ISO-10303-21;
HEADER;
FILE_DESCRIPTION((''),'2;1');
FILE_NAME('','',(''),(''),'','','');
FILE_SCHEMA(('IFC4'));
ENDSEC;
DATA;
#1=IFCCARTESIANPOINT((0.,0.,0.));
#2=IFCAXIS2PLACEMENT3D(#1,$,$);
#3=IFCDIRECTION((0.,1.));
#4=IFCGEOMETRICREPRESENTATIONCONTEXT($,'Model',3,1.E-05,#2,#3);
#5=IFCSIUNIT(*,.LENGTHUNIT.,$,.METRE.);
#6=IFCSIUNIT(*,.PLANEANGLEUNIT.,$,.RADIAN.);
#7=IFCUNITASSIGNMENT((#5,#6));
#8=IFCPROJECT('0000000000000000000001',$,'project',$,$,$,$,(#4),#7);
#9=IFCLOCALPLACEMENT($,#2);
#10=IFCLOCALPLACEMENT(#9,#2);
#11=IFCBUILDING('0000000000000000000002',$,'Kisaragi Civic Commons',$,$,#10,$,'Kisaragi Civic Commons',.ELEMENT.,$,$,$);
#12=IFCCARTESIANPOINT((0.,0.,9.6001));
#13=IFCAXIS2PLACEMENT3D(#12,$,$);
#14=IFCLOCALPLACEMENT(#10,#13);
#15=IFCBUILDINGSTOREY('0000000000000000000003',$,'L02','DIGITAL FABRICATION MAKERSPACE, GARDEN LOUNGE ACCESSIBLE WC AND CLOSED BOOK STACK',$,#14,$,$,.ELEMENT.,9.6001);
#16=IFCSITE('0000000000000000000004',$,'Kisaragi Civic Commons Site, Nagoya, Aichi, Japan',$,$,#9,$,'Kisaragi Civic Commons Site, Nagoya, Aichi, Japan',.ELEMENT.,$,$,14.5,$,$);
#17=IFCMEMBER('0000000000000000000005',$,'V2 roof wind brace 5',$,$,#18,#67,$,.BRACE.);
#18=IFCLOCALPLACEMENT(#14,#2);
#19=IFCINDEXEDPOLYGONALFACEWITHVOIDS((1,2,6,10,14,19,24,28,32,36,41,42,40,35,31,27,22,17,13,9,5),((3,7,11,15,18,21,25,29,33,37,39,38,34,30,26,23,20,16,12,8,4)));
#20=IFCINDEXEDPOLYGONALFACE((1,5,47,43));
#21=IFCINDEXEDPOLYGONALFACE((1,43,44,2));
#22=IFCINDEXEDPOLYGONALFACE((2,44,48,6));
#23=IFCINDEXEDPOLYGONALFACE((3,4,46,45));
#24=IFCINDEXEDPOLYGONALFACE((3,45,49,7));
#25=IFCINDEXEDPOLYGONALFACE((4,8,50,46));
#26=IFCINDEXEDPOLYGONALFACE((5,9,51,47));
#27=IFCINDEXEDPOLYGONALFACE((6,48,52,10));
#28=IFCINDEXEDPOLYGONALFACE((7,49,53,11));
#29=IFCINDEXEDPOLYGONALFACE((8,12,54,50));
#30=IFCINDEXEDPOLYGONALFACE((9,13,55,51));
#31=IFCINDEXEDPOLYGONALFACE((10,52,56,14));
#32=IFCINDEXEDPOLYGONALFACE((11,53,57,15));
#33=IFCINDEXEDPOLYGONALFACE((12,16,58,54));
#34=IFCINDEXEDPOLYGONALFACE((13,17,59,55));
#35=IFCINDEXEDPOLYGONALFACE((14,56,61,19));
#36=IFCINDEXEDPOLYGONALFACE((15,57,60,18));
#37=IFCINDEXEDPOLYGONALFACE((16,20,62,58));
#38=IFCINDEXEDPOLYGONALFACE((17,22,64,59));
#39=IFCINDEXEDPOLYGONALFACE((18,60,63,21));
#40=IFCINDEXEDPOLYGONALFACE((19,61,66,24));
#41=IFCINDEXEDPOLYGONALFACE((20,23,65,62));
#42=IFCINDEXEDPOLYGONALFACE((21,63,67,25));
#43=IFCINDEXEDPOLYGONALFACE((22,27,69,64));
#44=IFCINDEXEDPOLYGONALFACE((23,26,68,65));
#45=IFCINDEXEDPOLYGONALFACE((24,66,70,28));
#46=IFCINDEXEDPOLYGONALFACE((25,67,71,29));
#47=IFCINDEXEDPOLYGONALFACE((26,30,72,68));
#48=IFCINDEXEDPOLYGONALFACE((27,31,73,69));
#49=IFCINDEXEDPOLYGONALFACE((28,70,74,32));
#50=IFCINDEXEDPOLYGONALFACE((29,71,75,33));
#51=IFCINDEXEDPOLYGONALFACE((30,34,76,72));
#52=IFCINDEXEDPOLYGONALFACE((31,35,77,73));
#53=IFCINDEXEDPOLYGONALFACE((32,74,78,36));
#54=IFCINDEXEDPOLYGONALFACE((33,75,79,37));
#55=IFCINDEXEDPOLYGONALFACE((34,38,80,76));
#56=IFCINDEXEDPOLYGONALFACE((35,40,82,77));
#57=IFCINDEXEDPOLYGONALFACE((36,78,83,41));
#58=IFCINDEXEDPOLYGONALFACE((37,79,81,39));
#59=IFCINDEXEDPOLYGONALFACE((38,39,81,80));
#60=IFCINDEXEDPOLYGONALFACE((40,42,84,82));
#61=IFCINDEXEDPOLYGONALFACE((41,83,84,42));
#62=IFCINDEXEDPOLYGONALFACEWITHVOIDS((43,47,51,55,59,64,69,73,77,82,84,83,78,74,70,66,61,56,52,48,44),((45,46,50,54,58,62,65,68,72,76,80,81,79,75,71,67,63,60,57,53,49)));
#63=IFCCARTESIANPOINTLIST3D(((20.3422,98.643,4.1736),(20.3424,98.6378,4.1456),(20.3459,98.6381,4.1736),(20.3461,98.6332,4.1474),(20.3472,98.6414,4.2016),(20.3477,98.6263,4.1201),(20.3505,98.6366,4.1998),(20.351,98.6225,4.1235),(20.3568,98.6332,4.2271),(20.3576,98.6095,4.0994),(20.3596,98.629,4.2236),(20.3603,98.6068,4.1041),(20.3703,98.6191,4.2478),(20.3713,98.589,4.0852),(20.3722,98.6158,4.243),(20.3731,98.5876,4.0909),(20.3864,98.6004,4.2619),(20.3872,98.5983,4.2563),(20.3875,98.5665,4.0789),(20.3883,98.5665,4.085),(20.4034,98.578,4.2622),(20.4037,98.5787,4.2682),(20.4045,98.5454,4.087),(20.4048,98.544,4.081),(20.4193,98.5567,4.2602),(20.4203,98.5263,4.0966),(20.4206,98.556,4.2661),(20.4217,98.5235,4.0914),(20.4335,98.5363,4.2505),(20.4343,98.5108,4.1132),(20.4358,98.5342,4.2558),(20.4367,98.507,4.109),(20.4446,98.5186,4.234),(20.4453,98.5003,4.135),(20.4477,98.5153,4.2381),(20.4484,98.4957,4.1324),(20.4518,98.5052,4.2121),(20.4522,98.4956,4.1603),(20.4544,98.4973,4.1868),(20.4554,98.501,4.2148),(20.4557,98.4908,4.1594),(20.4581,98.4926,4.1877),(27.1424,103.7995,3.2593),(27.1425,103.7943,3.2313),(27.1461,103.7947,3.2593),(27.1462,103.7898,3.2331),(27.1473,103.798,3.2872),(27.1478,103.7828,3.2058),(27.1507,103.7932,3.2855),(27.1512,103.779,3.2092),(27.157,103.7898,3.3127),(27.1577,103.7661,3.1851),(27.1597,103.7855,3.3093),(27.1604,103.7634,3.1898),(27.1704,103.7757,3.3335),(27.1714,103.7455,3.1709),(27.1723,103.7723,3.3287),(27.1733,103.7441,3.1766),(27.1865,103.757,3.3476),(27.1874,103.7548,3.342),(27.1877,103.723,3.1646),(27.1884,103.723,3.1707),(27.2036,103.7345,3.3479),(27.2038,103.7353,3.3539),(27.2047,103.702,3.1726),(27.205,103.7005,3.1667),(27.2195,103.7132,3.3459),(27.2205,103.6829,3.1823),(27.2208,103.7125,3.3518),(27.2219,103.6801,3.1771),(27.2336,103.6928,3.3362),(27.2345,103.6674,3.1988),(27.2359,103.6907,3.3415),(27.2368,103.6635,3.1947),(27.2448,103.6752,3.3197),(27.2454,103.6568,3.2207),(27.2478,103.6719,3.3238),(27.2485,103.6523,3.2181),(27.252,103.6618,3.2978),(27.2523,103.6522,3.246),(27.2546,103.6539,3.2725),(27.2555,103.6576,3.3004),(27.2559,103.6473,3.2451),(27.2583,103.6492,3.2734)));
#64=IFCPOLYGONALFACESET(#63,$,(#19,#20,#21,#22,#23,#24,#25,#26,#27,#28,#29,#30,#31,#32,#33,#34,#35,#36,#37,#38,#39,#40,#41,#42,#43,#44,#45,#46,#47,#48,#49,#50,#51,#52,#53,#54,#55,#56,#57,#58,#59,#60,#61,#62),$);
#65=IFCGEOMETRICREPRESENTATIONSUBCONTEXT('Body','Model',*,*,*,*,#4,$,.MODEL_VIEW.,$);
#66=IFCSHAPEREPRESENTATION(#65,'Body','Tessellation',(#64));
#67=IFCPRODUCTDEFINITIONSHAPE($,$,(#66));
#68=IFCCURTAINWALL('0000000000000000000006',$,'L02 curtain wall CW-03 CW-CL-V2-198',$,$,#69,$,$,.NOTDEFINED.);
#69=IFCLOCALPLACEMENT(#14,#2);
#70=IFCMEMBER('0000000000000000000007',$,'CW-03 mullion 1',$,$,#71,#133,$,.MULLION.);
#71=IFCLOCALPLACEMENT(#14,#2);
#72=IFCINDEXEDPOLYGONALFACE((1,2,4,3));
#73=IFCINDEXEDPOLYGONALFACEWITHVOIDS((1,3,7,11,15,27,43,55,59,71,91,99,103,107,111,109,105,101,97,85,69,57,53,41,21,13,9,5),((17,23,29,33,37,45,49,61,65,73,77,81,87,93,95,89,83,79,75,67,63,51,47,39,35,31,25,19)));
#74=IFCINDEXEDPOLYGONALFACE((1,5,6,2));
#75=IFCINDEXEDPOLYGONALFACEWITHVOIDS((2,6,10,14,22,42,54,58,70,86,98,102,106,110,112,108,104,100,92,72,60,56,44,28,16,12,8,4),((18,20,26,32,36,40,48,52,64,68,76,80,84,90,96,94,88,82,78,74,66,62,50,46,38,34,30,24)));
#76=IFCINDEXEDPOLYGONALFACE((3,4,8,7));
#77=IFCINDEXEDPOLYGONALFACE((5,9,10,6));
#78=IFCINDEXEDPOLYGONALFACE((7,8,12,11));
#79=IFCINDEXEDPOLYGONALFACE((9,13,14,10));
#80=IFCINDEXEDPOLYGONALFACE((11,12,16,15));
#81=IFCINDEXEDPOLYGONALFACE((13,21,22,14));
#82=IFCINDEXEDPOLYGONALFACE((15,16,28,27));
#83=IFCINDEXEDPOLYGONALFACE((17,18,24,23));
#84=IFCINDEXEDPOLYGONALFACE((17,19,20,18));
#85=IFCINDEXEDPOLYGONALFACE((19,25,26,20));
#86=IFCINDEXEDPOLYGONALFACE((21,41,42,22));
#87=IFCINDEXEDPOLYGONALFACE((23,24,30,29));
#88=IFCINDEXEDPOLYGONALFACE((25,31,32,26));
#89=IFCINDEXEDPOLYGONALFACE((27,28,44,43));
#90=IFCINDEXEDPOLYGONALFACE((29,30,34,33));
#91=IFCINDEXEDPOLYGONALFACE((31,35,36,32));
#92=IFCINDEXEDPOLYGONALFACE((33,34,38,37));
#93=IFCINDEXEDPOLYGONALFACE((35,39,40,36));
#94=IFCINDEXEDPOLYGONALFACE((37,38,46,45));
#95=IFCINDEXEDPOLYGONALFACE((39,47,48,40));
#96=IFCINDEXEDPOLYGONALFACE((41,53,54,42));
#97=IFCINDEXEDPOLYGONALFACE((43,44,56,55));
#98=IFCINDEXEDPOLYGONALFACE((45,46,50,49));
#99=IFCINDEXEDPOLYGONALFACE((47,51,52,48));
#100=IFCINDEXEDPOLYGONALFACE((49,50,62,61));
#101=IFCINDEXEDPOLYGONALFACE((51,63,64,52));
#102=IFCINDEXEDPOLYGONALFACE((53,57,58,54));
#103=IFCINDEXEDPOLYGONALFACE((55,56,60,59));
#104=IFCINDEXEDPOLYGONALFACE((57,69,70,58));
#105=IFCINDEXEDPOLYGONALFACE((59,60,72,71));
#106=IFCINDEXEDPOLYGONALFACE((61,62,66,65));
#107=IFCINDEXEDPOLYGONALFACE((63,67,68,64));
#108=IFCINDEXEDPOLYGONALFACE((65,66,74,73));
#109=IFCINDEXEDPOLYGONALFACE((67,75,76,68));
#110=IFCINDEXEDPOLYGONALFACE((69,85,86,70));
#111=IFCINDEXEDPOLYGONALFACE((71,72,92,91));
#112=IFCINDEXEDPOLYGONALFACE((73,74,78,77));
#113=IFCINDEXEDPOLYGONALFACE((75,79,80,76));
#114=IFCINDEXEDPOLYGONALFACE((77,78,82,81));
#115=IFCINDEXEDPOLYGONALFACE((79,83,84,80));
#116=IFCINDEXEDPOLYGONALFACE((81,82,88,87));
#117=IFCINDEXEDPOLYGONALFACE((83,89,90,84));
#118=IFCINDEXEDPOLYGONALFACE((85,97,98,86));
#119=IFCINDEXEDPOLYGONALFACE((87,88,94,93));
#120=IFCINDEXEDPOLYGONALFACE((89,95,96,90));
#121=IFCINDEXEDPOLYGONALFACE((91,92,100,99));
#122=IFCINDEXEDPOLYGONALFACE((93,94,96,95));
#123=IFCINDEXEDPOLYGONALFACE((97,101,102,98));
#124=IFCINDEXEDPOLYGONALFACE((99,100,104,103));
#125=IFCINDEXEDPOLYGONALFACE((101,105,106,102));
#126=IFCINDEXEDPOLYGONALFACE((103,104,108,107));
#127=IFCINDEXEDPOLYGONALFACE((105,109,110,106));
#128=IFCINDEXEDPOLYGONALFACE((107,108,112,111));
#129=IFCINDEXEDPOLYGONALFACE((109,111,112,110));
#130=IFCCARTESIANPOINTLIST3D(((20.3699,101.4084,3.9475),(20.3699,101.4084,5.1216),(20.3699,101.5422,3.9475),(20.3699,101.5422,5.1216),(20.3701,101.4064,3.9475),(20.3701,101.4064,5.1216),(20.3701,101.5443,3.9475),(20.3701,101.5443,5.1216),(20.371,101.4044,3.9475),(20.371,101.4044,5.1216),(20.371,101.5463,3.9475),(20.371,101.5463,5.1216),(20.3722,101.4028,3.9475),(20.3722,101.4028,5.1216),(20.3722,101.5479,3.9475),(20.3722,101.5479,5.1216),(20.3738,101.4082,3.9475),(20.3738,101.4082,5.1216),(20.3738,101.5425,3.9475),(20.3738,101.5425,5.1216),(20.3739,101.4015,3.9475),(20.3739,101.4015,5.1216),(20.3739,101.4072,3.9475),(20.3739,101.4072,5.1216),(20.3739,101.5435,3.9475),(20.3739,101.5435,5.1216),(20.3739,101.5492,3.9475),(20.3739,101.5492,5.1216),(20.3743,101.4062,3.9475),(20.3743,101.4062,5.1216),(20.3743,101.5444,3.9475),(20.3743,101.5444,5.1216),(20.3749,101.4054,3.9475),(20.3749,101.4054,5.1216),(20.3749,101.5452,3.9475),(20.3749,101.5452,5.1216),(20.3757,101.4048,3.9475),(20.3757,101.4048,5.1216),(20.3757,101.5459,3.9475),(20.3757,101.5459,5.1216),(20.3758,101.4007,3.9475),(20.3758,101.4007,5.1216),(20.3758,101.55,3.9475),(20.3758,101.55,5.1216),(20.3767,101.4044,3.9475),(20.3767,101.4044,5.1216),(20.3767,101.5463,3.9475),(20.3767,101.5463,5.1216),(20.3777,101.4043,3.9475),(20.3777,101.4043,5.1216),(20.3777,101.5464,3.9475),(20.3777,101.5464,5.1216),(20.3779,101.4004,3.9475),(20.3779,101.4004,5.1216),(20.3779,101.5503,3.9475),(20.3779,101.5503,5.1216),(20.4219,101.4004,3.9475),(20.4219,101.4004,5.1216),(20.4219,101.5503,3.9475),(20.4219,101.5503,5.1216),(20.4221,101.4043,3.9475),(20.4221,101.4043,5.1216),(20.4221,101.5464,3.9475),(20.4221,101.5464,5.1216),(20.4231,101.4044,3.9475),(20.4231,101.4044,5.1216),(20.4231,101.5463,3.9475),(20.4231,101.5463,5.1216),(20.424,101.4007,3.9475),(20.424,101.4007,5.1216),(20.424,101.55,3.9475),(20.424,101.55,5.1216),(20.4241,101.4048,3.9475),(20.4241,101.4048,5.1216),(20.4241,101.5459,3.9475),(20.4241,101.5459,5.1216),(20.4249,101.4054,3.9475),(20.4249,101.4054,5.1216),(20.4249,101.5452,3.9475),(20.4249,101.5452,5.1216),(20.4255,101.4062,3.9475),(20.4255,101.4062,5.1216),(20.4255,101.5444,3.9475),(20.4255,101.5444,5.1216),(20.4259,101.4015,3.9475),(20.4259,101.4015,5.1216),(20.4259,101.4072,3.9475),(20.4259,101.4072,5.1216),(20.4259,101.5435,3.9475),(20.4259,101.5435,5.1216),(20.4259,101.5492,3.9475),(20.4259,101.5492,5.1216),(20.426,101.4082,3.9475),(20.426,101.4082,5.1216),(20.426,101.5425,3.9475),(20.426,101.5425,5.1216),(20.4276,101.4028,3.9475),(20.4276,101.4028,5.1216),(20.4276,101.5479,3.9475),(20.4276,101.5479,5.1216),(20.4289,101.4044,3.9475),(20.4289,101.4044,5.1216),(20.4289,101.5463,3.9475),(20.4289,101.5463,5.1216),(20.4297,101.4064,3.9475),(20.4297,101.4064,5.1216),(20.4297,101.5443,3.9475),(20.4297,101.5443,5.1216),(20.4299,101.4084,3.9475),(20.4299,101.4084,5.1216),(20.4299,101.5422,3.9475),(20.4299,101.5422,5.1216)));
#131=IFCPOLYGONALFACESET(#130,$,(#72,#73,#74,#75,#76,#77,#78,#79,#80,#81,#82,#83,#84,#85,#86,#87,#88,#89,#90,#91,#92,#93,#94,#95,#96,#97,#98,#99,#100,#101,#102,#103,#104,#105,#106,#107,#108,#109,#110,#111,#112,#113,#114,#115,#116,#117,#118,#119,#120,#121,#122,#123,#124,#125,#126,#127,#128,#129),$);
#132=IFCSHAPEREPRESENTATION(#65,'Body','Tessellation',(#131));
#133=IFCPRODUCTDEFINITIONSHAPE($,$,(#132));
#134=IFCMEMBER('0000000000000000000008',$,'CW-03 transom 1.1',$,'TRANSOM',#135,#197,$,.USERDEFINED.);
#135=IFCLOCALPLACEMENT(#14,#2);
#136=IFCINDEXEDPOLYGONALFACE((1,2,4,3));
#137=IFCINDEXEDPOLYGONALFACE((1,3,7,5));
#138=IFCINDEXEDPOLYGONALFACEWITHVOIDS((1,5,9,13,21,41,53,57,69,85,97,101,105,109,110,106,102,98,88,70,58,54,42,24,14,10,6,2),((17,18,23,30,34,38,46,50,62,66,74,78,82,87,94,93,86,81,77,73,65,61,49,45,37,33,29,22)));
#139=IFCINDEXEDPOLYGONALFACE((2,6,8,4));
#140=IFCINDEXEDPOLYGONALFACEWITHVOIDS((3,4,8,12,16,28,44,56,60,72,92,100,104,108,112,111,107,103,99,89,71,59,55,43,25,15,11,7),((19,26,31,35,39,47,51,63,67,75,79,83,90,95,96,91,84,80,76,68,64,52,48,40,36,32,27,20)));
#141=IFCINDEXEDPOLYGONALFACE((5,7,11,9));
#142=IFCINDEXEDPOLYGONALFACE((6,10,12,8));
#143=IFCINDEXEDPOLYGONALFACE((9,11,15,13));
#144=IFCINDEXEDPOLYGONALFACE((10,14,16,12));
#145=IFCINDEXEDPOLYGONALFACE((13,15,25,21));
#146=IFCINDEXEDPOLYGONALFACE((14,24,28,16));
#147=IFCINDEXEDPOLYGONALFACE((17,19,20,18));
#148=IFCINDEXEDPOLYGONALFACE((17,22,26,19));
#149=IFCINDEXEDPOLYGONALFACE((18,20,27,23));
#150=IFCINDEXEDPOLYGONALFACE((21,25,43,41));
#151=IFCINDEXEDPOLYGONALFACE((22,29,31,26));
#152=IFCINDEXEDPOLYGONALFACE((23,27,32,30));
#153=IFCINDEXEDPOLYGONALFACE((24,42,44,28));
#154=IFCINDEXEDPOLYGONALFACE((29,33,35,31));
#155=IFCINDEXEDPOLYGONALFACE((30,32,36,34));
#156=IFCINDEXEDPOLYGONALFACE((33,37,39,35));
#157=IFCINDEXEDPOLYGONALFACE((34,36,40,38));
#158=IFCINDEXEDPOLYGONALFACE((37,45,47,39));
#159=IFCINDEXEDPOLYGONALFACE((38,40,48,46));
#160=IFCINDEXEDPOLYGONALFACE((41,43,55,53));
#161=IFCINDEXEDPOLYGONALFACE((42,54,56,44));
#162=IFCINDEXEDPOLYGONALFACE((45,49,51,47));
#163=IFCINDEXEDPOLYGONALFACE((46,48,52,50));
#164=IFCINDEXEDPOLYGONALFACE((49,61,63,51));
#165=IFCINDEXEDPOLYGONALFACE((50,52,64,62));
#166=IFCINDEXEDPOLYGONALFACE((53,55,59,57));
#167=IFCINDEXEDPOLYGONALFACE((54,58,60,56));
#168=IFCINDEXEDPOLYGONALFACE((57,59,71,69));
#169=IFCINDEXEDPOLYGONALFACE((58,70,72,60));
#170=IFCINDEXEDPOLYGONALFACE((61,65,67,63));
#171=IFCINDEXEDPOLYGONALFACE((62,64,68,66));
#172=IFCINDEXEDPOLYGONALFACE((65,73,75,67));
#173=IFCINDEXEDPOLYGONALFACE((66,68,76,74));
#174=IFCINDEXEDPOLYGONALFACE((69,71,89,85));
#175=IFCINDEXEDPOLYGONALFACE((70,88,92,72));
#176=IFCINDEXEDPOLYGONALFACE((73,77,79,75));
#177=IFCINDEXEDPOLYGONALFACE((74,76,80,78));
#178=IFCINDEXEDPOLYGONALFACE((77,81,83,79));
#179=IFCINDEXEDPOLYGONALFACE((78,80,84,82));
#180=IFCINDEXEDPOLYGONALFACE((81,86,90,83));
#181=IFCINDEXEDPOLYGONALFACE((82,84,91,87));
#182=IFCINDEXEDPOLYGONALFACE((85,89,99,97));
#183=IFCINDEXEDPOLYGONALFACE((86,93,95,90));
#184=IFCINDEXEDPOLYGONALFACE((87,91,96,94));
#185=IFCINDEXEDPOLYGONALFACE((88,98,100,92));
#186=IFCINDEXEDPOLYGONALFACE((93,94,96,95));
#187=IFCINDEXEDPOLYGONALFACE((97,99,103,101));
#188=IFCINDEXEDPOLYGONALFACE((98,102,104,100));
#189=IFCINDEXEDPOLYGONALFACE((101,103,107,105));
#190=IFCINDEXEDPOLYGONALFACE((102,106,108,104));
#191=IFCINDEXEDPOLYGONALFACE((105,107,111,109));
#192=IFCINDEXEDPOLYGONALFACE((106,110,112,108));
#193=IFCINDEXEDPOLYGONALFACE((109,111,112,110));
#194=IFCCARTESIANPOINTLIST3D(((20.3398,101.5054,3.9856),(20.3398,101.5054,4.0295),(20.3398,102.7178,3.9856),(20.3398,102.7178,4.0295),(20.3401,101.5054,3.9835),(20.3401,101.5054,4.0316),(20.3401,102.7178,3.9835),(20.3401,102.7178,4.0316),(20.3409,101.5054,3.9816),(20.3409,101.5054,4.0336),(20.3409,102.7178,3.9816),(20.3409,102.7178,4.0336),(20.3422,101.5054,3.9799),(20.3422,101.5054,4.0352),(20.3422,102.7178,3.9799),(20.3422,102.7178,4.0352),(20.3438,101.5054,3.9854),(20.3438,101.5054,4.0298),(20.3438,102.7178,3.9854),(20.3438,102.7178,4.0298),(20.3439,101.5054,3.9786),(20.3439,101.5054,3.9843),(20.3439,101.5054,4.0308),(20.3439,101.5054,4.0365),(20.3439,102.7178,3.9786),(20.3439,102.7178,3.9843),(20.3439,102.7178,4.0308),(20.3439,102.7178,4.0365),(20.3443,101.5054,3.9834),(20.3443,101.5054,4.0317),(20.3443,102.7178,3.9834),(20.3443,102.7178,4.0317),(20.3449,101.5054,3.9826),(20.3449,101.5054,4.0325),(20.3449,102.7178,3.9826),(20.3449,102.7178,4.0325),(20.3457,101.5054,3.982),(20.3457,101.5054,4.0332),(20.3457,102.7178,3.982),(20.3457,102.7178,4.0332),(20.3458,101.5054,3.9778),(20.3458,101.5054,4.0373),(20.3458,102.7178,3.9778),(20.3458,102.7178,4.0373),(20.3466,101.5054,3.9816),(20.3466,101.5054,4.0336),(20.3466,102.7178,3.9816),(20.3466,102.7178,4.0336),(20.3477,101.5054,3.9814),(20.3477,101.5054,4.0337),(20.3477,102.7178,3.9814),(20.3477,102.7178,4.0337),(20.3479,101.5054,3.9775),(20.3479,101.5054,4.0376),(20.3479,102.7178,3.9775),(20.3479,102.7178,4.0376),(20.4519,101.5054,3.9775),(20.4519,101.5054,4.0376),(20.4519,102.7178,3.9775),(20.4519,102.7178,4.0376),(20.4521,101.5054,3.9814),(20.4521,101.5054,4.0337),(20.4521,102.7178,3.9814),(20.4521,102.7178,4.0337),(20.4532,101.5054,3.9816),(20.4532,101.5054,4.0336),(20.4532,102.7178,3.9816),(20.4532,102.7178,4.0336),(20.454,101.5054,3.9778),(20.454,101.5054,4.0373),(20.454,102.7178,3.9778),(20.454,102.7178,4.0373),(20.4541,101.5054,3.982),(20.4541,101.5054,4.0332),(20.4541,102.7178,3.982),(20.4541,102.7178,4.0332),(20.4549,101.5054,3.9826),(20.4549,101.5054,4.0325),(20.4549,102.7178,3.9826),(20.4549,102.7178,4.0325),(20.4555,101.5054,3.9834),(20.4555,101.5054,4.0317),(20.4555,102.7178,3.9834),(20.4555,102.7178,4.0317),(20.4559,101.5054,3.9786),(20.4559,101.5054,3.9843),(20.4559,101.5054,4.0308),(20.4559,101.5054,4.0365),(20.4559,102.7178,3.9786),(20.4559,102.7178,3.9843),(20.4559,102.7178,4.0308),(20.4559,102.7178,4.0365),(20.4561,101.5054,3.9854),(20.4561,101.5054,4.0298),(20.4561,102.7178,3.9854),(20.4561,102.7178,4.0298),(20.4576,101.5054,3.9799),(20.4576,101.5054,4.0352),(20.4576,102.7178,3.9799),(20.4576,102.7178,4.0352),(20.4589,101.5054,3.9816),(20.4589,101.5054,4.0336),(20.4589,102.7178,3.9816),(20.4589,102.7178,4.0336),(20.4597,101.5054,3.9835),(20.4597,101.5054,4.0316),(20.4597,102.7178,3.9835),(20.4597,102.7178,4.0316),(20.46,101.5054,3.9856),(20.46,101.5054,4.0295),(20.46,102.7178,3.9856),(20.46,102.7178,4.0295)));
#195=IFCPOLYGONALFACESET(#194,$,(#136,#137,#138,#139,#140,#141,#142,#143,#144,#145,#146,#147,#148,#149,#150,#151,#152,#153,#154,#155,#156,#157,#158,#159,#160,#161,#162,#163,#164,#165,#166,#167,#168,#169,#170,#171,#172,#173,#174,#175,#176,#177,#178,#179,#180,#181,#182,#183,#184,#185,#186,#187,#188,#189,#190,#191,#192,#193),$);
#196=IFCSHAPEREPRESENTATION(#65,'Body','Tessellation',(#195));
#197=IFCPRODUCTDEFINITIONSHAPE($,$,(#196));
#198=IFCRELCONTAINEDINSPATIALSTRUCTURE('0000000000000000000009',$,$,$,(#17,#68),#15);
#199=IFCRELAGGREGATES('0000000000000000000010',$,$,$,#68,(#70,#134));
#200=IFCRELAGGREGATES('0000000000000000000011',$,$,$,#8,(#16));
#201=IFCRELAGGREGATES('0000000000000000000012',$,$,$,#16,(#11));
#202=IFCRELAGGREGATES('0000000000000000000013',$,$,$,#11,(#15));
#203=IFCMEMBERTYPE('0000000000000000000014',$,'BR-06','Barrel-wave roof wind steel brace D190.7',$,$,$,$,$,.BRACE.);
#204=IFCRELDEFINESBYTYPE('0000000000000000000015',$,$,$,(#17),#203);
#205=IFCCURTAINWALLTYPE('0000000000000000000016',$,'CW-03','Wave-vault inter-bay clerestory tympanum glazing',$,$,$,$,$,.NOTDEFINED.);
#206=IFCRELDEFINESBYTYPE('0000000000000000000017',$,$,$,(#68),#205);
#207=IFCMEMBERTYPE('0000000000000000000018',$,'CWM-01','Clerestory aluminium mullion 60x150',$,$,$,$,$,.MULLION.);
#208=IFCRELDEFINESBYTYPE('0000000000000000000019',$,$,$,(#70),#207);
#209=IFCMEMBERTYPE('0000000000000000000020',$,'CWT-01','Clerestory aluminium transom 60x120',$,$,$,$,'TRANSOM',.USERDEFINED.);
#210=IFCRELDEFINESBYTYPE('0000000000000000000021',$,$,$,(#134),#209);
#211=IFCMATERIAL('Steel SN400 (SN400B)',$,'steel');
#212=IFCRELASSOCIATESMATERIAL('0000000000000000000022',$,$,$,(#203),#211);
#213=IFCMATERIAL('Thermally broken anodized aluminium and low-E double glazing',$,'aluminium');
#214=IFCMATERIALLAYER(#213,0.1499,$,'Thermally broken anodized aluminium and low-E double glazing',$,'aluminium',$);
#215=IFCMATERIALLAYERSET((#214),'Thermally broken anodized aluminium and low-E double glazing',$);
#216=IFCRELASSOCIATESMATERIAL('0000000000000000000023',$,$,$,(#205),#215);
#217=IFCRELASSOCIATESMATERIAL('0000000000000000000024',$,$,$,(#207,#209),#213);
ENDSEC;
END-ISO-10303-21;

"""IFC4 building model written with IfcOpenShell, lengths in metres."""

from ifc_helpers import new_model, si_unit, direction, frame, origin, origin_2d, place, context, subcontext, project, spatial, hollow_rectangle, hollow_circle, extrude, material, layer, layer_set, material_profile, profile_set, type_object, element, aggregate, save


model = new_model("IFC4")

# Units and contexts
model_context = context("Model", 3, precision=1e-05, world=origin(), true_north=direction((0.0, 1.0)))
body_context = subcontext(model_context, "Body", "Model", "MODEL_VIEW")
ifc_project = project(units=[si_unit("LENGTHUNIT", "METRE"), si_unit("PLANEANGLEUNIT", "RADIAN")], contexts=[model_context])

# Site, building, storey
site_placement = place(None, origin())
site = spatial("IfcSite", under=ifc_project, at=site_placement, Name="Kisaragi Civic Commons Site, Nagoya, Aichi, Japan", LongName="Kisaragi Civic Commons Site, Nagoya, Aichi, Japan", CompositionType="ELEMENT", RefElevation=14.5)
building_placement = place(site_placement, origin())
building = spatial("IfcBuilding", under=site, at=building_placement, Name="Kisaragi Civic Commons", LongName="Kisaragi Civic Commons", CompositionType="ELEMENT")
storey_placement = place(building_placement, frame((0.0, 0.0, 9.6001)))
storey = spatial("IfcBuildingStorey", under=building, at=storey_placement, Name="L02", Description="DIGITAL FABRICATION MAKERSPACE, GARDEN LOUNGE ACCESSIBLE WC AND CLOSED BOOK STACK", CompositionType="ELEMENT", Elevation=9.6001)

# Member
ifc_material_1 = material(Name="Steel SN400 (SN400B)", Category="steel")
ifc_material_profile_1 = material_profile(ifc_material_1, hollow_circle(Radius=0.0955, WallThickness=0.0061, at=origin_2d()), Name="CHS-190.7x6.0", Category="steel")
ifc_profile_set_1 = profile_set([ifc_material_profile_1], Name="Steel SN400 (SN400B)")
member_type_1 = type_object("IfcMemberType", Name="BR-06", Description="Barrel-wave roof wind steel brace D190.7", PredefinedType="BRACE", material=ifc_profile_set_1)
member_1_placement = place(storey_placement, frame((20.3999, 98.5669, 4.1736), z_axis=(0.792279, 0.600787, -0.106527), x_axis=(-0.604226, 0.796813, 0.0)))
element("IfcMember", 1, at=member_1_placement, inside=storey, type_object=member_type_1, Name="V2 roof wind brace 5", PredefinedType="BRACE", context=body_context, shape_type="SweptSolid", body=[
    extrude(hollow_circle(Radius=0.0955, WallThickness=0.0061, at=origin_2d()), origin(), (0.0, 0.0, 1.0), 8.583),
])

# Curtain wall, members
ifc_material_2 = material(Name="Thermally broken anodized aluminium and low-E double glazing", Category="aluminium")
ifc_layer_1 = layer(ifc_material_2, 0.1499, Name="Thermally broken anodized aluminium and low-E double glazing", Category="aluminium")
ifc_layer_set_1 = layer_set([ifc_layer_1], Name="Thermally broken anodized aluminium and low-E double glazing")
curtain_wall_type = type_object("IfcCurtainWallType", Name="CW-03", Description="Wave-vault inter-bay clerestory tympanum glazing", PredefinedType="NOTDEFINED", material=ifc_layer_set_1)
curtain_wall_placement = place(storey_placement, origin())
curtain_wall = element("IfcCurtainWall", 2, at=curtain_wall_placement, inside=storey, type_object=curtain_wall_type, Name="L02 curtain wall CW-03 CW-CL-V2-198", PredefinedType="NOTDEFINED")
ifc_material_profile_2 = material_profile(ifc_material_2, hollow_rectangle(XDim=0.0601, YDim=0.1499, WallThickness=0.0039, InnerFilletRadius=0.0039, OuterFilletRadius=0.0081, at=origin_2d()), Name="CWM-60x150x4", Category="aluminium")
ifc_profile_set_2 = profile_set([ifc_material_profile_2], Name="Thermally broken anodized aluminium and low-E double glazing")
member_type_2 = type_object("IfcMemberType", Name="CWM-01", Description="Clerestory aluminium mullion 60x150", PredefinedType="MULLION", material=ifc_profile_set_2)
member_2_placement = place(storey_placement, frame((20.3999, 101.4753, 3.9475), z_axis=(0.0, 0.0, 1.0), x_axis=(-1.0, 0.0, 0.0)))
member_2 = element("IfcMember", 3, at=member_2_placement, type_object=member_type_2, Name="CW-03 mullion 1", PredefinedType="MULLION", context=body_context, shape_type="SweptSolid", body=[
    extrude(hollow_rectangle(XDim=0.0601, YDim=0.1499, WallThickness=0.0039, InnerFilletRadius=0.0039, OuterFilletRadius=0.0081, at=origin_2d()), origin(), (0.0, 0.0, 1.0), 1.1741),
])
ifc_material_profile_3 = material_profile(ifc_material_2, hollow_rectangle(XDim=0.1201, YDim=0.0601, WallThickness=0.0039, InnerFilletRadius=0.0039, OuterFilletRadius=0.0081, at=origin_2d()), Name="CWT-60x120x4", Category="aluminium")
ifc_profile_set_3 = profile_set([ifc_material_profile_3], Name="Thermally broken anodized aluminium and low-E double glazing")
member_type_3 = type_object("IfcMemberType", Name="CWT-01", Description="Clerestory aluminium transom 60x120", ElementType="TRANSOM", PredefinedType="USERDEFINED", material=ifc_profile_set_3)
member_3_placement = place(storey_placement, frame((20.3999, 101.5054, 4.0076), z_axis=(0.0, 1.0, 0.0), x_axis=(-1.0, 0.0, 0.0)))
member_3 = element("IfcMember", 4, at=member_3_placement, type_object=member_type_3, Name="CW-03 transom 1.1", ObjectType="TRANSOM", PredefinedType="USERDEFINED", context=body_context, shape_type="SweptSolid", body=[
    extrude(hollow_rectangle(XDim=0.1201, YDim=0.0601, WallThickness=0.0039, InnerFilletRadius=0.0039, OuterFilletRadius=0.0081, at=origin_2d()), origin(), (0.0, 0.0, 1.0), 1.2124),
])
aggregate(curtain_wall, [member_2, member_3])

save(model, "model.ifc")
